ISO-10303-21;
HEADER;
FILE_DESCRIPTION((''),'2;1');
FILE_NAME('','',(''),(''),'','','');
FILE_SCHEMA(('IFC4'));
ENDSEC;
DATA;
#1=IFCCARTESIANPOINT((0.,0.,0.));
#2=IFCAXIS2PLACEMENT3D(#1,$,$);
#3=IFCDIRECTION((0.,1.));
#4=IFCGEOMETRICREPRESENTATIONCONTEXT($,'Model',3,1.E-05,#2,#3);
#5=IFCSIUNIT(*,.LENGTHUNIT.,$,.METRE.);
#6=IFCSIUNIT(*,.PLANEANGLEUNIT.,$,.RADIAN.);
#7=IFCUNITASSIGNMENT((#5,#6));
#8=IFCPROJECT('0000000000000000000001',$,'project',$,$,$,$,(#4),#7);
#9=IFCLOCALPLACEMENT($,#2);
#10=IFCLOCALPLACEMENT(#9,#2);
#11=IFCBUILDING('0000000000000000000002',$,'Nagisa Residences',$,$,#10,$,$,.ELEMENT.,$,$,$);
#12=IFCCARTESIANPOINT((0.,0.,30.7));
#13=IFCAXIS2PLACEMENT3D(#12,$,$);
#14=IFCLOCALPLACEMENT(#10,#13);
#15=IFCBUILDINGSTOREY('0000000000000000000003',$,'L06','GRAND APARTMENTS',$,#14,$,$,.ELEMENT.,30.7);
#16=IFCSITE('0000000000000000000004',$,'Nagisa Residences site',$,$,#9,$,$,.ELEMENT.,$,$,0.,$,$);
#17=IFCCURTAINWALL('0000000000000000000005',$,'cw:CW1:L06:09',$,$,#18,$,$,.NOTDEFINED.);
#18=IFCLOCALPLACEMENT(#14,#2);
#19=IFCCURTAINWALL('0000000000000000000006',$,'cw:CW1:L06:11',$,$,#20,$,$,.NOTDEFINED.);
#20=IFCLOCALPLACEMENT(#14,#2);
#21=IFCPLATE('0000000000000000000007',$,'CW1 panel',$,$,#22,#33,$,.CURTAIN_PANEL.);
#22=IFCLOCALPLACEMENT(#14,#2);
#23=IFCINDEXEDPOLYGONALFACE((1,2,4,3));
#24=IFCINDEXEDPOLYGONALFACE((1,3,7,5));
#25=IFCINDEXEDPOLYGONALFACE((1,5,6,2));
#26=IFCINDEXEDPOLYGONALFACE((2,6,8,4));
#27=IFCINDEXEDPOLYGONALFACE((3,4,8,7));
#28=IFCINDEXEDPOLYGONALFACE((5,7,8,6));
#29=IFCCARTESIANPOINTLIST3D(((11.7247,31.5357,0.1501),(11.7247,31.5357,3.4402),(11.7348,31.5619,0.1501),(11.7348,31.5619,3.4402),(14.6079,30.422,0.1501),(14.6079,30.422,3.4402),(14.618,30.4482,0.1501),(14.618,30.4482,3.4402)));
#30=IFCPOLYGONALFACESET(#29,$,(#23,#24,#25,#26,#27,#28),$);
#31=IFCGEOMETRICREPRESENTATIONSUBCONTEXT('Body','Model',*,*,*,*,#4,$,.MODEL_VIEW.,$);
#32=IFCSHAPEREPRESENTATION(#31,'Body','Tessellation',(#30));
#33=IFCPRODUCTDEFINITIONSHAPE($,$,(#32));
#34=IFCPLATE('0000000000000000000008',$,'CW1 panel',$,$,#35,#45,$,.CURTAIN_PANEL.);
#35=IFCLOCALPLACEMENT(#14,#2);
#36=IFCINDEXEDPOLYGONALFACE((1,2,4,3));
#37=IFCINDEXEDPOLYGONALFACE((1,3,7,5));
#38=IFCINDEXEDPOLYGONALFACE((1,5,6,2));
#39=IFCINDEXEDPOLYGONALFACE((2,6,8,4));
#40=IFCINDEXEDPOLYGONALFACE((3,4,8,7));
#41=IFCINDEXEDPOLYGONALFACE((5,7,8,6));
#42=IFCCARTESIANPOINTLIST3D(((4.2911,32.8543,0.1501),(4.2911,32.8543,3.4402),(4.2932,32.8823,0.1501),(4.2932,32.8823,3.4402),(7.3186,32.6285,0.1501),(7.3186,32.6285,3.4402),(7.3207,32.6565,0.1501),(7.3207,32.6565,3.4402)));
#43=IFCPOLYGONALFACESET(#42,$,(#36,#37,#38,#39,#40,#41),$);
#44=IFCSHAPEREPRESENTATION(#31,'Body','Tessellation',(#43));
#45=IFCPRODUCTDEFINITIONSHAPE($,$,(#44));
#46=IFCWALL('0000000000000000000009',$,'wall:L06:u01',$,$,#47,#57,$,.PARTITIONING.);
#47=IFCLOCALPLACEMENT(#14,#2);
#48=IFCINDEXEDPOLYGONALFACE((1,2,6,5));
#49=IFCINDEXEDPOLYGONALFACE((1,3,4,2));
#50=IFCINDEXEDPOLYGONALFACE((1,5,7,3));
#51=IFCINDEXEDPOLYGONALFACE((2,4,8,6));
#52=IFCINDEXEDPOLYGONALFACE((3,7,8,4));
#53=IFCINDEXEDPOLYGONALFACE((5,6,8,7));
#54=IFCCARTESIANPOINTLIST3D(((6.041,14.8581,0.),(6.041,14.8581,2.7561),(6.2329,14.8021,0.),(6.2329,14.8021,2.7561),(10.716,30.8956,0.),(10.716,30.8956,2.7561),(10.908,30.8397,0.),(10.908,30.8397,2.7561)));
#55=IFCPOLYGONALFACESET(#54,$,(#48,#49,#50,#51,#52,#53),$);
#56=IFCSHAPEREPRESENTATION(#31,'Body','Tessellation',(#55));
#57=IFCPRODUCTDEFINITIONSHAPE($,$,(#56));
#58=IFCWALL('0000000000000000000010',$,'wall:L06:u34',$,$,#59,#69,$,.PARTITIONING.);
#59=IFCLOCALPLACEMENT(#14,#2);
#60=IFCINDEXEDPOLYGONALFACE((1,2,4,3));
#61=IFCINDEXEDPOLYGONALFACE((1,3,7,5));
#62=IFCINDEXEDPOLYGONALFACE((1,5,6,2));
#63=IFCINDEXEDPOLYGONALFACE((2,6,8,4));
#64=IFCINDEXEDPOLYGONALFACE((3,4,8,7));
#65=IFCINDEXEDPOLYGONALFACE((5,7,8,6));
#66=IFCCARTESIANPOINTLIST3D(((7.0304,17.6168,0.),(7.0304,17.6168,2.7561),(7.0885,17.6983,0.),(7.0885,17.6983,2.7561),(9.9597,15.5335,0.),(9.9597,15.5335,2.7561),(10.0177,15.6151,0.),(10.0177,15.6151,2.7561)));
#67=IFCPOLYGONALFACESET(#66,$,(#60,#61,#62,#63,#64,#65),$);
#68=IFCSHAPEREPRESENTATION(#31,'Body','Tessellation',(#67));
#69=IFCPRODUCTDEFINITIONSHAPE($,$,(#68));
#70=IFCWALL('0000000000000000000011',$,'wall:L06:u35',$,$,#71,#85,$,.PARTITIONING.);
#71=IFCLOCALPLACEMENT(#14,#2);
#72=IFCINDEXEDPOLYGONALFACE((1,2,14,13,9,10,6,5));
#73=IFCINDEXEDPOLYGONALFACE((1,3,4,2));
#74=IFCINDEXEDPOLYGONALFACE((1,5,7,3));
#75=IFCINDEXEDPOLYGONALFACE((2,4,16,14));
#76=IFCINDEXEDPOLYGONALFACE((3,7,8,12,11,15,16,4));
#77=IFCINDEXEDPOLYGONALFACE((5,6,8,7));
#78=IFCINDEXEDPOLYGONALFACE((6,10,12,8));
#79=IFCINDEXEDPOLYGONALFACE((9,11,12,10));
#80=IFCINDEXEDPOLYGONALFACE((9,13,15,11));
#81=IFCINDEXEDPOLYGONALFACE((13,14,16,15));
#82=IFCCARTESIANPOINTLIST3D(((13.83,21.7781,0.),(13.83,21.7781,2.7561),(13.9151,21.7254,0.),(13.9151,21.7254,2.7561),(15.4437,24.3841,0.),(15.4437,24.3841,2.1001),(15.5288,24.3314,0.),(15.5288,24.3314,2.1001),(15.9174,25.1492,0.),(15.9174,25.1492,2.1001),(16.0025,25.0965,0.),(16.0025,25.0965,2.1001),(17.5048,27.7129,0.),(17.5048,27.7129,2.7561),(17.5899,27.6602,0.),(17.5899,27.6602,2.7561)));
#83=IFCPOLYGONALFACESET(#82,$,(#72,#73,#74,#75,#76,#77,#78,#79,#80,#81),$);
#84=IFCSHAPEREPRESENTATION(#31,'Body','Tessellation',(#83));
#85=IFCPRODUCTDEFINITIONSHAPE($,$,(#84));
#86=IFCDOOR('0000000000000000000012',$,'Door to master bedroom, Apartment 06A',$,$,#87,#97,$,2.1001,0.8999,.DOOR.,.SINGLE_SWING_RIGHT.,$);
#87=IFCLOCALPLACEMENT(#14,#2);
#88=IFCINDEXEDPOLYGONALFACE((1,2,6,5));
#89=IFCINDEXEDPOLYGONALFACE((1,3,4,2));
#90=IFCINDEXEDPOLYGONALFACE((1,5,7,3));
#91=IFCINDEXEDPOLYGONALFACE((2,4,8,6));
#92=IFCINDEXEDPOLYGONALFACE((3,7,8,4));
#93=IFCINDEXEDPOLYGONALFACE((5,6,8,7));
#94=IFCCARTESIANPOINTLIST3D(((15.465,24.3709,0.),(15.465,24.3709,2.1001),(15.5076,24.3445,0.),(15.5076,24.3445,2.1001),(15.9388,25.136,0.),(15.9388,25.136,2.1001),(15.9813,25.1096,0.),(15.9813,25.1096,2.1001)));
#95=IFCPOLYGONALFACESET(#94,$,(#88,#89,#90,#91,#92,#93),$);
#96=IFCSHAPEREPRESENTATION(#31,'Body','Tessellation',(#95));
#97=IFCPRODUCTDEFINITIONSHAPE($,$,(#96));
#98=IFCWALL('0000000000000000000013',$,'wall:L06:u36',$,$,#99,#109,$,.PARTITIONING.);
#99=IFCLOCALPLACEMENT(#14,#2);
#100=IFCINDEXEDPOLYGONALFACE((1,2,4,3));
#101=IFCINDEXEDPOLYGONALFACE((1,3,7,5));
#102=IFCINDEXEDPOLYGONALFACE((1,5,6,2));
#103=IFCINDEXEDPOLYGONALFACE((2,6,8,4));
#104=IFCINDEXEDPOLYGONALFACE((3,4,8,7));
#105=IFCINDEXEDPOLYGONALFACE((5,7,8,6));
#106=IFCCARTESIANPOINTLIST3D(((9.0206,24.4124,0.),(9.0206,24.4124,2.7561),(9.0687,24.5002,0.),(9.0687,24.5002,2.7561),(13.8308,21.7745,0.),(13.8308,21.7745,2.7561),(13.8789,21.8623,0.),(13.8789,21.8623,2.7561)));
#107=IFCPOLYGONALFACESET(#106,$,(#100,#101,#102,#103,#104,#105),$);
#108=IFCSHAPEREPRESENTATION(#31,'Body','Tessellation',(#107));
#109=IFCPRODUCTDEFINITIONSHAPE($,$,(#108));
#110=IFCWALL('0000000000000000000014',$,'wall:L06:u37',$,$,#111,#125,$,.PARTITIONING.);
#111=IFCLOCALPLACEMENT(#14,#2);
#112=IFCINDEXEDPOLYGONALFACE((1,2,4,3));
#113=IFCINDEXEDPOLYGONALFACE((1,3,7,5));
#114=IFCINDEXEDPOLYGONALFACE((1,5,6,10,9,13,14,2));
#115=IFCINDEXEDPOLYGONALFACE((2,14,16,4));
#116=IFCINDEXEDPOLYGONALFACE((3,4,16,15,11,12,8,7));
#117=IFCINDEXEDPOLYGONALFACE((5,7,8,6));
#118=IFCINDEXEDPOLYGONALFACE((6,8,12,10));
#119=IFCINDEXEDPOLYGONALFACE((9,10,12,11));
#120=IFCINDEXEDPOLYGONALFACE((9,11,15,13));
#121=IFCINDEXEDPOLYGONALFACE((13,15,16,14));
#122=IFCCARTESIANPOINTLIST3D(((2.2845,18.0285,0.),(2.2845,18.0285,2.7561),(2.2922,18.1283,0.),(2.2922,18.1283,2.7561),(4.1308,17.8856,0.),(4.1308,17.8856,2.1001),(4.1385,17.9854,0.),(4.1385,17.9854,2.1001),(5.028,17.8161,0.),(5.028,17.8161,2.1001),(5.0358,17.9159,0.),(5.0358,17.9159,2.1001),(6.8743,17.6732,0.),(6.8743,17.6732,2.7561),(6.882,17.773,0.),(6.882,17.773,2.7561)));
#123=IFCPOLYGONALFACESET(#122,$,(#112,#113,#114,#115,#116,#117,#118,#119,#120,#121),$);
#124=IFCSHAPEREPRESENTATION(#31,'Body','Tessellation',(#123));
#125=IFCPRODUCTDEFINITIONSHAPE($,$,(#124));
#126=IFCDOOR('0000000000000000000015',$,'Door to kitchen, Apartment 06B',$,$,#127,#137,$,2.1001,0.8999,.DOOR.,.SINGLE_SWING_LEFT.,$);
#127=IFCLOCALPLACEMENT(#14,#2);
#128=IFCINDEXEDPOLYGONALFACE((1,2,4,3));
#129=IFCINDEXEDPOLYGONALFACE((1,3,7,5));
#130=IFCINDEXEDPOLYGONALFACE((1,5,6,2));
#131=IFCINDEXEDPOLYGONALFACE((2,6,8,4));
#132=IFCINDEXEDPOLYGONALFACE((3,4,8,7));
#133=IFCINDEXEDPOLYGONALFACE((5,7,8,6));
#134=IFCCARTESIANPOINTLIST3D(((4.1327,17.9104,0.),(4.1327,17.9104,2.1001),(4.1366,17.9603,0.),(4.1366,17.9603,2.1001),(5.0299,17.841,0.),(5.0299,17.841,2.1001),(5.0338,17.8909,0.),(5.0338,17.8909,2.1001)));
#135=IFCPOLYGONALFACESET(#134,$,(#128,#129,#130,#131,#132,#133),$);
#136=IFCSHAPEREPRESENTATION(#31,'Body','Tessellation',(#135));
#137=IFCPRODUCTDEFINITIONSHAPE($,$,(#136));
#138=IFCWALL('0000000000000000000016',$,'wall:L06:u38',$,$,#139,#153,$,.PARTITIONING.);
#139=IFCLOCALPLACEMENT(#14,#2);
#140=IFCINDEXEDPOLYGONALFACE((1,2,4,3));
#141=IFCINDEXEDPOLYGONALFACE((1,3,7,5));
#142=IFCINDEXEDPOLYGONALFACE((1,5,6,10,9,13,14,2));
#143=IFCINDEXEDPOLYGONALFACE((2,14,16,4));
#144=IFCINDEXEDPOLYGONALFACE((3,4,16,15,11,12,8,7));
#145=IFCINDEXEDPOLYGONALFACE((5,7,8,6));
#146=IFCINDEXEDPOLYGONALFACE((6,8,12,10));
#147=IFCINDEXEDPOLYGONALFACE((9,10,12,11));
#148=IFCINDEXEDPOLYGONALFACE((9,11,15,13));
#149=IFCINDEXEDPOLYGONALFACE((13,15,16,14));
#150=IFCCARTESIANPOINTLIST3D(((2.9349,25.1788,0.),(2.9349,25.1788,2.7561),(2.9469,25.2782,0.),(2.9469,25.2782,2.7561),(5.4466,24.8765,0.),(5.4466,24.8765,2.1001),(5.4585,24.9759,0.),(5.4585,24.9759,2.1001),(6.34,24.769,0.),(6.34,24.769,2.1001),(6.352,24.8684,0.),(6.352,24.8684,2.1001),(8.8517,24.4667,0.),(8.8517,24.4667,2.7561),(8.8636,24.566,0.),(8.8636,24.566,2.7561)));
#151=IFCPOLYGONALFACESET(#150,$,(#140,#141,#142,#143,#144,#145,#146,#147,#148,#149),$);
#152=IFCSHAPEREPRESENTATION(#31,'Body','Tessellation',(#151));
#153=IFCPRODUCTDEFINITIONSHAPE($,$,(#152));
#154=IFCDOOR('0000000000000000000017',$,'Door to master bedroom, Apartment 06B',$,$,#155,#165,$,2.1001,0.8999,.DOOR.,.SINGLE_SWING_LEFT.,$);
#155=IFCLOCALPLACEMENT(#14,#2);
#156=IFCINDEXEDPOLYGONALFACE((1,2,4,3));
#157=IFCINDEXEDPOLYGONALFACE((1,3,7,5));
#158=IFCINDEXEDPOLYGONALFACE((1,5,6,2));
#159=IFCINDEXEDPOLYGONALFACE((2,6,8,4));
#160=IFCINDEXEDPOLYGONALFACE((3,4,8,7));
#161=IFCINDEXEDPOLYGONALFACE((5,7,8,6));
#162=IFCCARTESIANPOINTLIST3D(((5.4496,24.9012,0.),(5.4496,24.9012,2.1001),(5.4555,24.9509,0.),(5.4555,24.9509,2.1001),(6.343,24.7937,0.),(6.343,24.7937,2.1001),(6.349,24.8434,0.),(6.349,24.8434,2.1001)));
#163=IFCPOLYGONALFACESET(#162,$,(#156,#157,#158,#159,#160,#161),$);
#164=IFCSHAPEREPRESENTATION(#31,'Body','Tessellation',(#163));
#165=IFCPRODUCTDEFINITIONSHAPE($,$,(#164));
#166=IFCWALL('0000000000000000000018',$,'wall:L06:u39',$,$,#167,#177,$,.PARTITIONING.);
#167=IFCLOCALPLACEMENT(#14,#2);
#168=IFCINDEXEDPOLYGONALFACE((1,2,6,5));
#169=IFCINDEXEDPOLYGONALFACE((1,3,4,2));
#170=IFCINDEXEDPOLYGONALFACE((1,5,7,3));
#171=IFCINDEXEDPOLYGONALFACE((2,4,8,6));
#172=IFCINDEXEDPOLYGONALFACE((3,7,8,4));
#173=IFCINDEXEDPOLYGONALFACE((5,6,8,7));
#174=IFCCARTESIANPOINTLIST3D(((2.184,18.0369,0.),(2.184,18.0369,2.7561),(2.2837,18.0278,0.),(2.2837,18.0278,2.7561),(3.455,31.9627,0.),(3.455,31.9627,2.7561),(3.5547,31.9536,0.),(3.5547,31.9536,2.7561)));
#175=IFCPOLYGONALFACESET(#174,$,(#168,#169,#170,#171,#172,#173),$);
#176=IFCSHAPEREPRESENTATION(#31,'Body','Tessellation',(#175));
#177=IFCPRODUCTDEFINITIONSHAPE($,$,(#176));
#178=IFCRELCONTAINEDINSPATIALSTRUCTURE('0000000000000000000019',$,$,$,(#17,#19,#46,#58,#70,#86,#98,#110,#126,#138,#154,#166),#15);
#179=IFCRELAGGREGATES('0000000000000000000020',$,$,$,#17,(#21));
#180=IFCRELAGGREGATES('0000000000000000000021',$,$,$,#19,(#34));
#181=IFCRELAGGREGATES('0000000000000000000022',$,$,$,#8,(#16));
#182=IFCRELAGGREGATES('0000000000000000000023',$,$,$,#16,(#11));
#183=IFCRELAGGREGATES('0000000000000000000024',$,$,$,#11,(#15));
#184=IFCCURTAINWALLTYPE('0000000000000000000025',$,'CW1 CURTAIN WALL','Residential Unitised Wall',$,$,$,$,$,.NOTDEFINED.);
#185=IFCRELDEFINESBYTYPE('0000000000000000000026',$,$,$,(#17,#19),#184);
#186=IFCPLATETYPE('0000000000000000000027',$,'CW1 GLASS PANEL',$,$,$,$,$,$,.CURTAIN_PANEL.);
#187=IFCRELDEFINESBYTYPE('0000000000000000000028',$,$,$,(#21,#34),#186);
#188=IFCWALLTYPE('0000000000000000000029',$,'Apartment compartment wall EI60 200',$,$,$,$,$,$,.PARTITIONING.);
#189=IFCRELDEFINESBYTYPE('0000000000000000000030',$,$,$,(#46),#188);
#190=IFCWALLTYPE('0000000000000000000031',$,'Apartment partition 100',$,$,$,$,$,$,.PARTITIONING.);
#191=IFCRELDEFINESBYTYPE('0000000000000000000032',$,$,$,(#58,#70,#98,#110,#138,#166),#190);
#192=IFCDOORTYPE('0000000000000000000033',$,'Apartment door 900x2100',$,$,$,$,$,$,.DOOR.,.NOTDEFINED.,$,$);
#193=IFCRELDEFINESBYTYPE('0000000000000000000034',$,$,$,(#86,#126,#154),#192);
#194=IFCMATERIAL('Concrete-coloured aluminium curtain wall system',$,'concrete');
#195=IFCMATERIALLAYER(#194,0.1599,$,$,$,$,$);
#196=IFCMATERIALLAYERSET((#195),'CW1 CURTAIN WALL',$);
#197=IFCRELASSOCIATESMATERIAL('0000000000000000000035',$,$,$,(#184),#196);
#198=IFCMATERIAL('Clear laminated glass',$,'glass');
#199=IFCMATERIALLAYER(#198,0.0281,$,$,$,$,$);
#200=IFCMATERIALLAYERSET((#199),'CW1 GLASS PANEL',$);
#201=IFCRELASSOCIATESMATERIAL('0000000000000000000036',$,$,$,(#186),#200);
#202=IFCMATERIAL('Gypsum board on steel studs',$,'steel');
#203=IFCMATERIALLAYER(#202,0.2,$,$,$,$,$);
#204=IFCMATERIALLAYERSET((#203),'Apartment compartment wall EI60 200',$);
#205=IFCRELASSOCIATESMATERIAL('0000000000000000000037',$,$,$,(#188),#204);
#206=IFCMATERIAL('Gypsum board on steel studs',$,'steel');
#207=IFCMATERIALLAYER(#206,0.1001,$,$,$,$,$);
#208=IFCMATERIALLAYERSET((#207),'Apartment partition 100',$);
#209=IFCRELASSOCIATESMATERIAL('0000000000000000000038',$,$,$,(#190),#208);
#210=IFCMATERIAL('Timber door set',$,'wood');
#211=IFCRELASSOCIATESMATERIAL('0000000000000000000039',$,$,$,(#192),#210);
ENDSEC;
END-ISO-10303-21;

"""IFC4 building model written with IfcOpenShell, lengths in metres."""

from ifc_helpers import new_model, si_unit, direction, frame, frame_2d, origin, origin_2d, place, context, subcontext, project, spatial, rectangle, extrude, material, layer, layer_set, type_object, element, fill, aggregate, save


model = new_model("IFC4")

# Units and contexts
model_context = context("Model", 3, precision=1e-05, world=origin(), true_north=direction((0.0, 1.0)))
body_context = subcontext(model_context, "Body", "Model", "MODEL_VIEW")
ifc_project = project(units=[si_unit("LENGTHUNIT", "METRE"), si_unit("PLANEANGLEUNIT", "RADIAN")], contexts=[model_context])

# Site, building, storey
site_placement = place(None, origin())
site = spatial("IfcSite", under=ifc_project, at=site_placement, Name="Nagisa Residences site", CompositionType="ELEMENT", RefElevation=0.0)
building_placement = place(site_placement, origin())
building = spatial("IfcBuilding", under=site, at=building_placement, Name="Nagisa Residences", CompositionType="ELEMENT")
storey_placement = place(building_placement, frame((0.0, 0.0, 30.7)))
storey = spatial("IfcBuildingStorey", under=building, at=storey_placement, Name="L06", Description="GRAND APARTMENTS", CompositionType="ELEMENT", Elevation=30.7)

# Curtain walls
ifc_material_1 = material(Name="Concrete-coloured aluminium curtain wall system", Category="concrete")
ifc_layer_1 = layer(ifc_material_1, 0.1599)
ifc_layer_set_1 = layer_set([ifc_layer_1], Name="CW1 CURTAIN WALL")
curtain_wall_type = type_object("IfcCurtainWallType", Name="CW1 CURTAIN WALL", Description="Residential Unitised Wall", PredefinedType="NOTDEFINED", material=ifc_layer_set_1)
curtain_wall_1_placement = place(storey_placement, origin())
curtain_wall_1 = element("IfcCurtainWall", 1, at=curtain_wall_1_placement, inside=storey, type_object=curtain_wall_type, Name="cw:CW1:L06:09", PredefinedType="NOTDEFINED")
curtain_wall_2_placement = place(storey_placement, origin())
curtain_wall_2 = element("IfcCurtainWall", 2, at=curtain_wall_2_placement, inside=storey, type_object=curtain_wall_type, Name="cw:CW1:L06:11", PredefinedType="NOTDEFINED")

# Plates
ifc_material_2 = material(Name="Clear laminated glass", Category="glass")
ifc_layer_2 = layer(ifc_material_2, 0.0281)
ifc_layer_set_2 = layer_set([ifc_layer_2], Name="CW1 GLASS PANEL")
plate_type = type_object("IfcPlateType", Name="CW1 GLASS PANEL", PredefinedType="CURTAIN_PANEL", material=ifc_layer_set_2)
plate_1_placement = place(storey_placement, frame((13.1714, 30.9919, 0.1501), z_axis=(0.0, 0.0, 1.0), x_axis=(-0.932826, 0.360328, 0.0)))
plate_1 = element("IfcPlate", 3, at=plate_1_placement, type_object=plate_type, Name="CW1 panel", PredefinedType="CURTAIN_PANEL", context=body_context, shape_type="SweptSolid", body=[
    extrude(rectangle(XDim=3.0908, YDim=0.0281, at=origin_2d()), origin(), (0.0, 0.0, 1.0), 3.29),
])
aggregate(curtain_wall_1, [plate_1])
plate_2_placement = place(storey_placement, frame((5.8059, 32.7554, 0.1501), z_axis=(0.0, 0.0, 1.0), x_axis=(-0.99723, 0.074377, 0.0)))
plate_2 = element("IfcPlate", 4, at=plate_2_placement, type_object=plate_type, Name="CW1 panel", PredefinedType="CURTAIN_PANEL", context=body_context, shape_type="SweptSolid", body=[
    extrude(rectangle(XDim=3.0359, YDim=0.0281, at=origin_2d()), origin(), (0.0, 0.0, 1.0), 3.29),
])
aggregate(curtain_wall_2, [plate_2])

# Walls
ifc_material_3 = material(Name="Gypsum board on steel studs", Category="steel")
ifc_layer_3 = layer(ifc_material_3, 0.2)
ifc_layer_set_3 = layer_set([ifc_layer_3], Name="Apartment compartment wall EI60 200")
wall_type_1 = type_object("IfcWallType", Name="Apartment compartment wall EI60 200", PredefinedType="PARTITIONING", material=ifc_layer_set_3)
wall_1_placement = place(storey_placement, frame((6.137, 14.8301, 0.0), z_axis=(0.0, 0.0, 1.0), x_axis=(0.279857, 0.960042, 0.0)))
element("IfcWall", 5, at=wall_1_placement, inside=storey, type_object=wall_type_1, Name="wall:L06:u01", PredefinedType="PARTITIONING", context=body_context, shape_type="SweptSolid", body=[
    extrude(rectangle(XDim=16.7051, YDim=0.2, at=frame_2d((8.3525, 0.0))), origin(), (0.0, 0.0, 1.0), 2.7561),
])
ifc_material_4 = material(Name="Gypsum board on steel studs", Category="steel")
ifc_layer_4 = layer(ifc_material_4, 0.1001)
ifc_layer_set_4 = layer_set([ifc_layer_4], Name="Apartment partition 100")
wall_type_2 = type_object("IfcWallType", Name="Apartment partition 100", PredefinedType="PARTITIONING", material=ifc_layer_set_4)
wall_2_placement = place(storey_placement, frame((9.9888, 15.5742, 0.0), z_axis=(0.0, 0.0, 1.0), x_axis=(-0.81492, 0.579573, 0.0)))
element("IfcWall", 6, at=wall_2_placement, inside=storey, type_object=wall_type_2, Name="wall:L06:u34", PredefinedType="PARTITIONING", context=body_context, shape_type="SweptSolid", body=[
    extrude(rectangle(XDim=3.5945, YDim=0.1001, at=frame_2d((1.7974, 0.0))), origin(), (0.0, 0.0, 1.0), 2.7561),
])

# Wall, opening, door
wall_3_placement = place(storey_placement, frame((13.8726, 21.7517, 0.0), z_axis=(0.0, 0.0, 1.0), x_axis=(0.526445, 0.850209, 0.0)))
wall_3 = element("IfcWall", 7, at=wall_3_placement, inside=storey, type_object=wall_type_2, Name="wall:L06:u35", PredefinedType="PARTITIONING", context=body_context, shape_type="SweptSolid", body=[
    extrude(rectangle(XDim=6.9805, YDim=0.1001, at=frame_2d((3.4902, 0.0))), origin(), (0.0, 0.0, 1.0), 2.7561),
])
opening_1_placement = place(wall_3_placement, frame((3.0652, 0.0, 0.0)))
opening_1 = element("IfcOpeningElement", 8, at=opening_1_placement, cuts=wall_3, PredefinedType="OPENING", context=body_context, shape_type="SweptSolid", body=[
    extrude(rectangle(XDim=0.8999, YDim=2.1001, at=frame_2d((0.45, 1.05))), frame((0.0, 0.0601, 0.0), z_axis=(0.0, -1.0, 0.0), x_axis=(1.0, 0.0, 0.0)), (0.0, 0.0, 1.0), 0.1201),
])
ifc_material_5 = material(Name="Timber door set", Category="wood")
door_type_1 = type_object("IfcDoorType", Name="Apartment door 900x2100", OperationType="NOTDEFINED", PredefinedType="DOOR", material=ifc_material_5)
door_1_placement = place(opening_1_placement, origin())
door_1 = element("IfcDoor", 9, at=door_1_placement, inside=storey, type_object=door_type_1, Name="Door to master bedroom, Apartment 06A", OperationType="SINGLE_SWING_RIGHT", OverallHeight=2.1001, OverallWidth=0.8999, PredefinedType="DOOR", context=body_context, shape_type="SweptSolid", body=[
    extrude(rectangle(XDim=0.8999, YDim=2.1001, at=frame_2d((0.45, 1.05))), frame((0.0, 0.0249, 0.0), z_axis=(0.0, -1.0, 0.0), x_axis=(1.0, 0.0, 0.0)), (0.0, 0.0, 1.0), 0.05),
])
fill(opening_1, door_1)

# Wall
wall_4_placement = place(storey_placement, frame((13.855, 21.8184, 0.0), z_axis=(0.0, 0.0, 1.0), x_axis=(-0.87681, 0.480837, 0.0)))
element("IfcWall", 10, at=wall_4_placement, inside=storey, type_object=wall_type_2, Name="wall:L06:u36", PredefinedType="PARTITIONING", context=body_context, shape_type="SweptSolid", body=[
    extrude(rectangle(XDim=5.4861, YDim=0.1001, at=frame_2d((2.7432, 0.0))), origin(), (0.0, 0.0, 1.0), 2.7561),
])

# Walls, openings, doors
wall_5_placement = place(storey_placement, frame((6.8782, 17.7231, 0.0), z_axis=(0.0, 0.0, 1.0), x_axis=(-0.997019, 0.077163, 0.0)))
wall_5 = element("IfcWall", 11, at=wall_5_placement, inside=storey, type_object=wall_type_2, Name="wall:L06:u37", PredefinedType="PARTITIONING", context=body_context, shape_type="SweptSolid", body=[
    extrude(rectangle(XDim=4.6035, YDim=0.1001, at=frame_2d((2.3018, 0.0))), origin(), (0.0, 0.0, 1.0), 2.7561),
])
opening_2_placement = place(wall_5_placement, frame((1.8518, 0.0, 0.0)))
opening_2 = element("IfcOpeningElement", 12, at=opening_2_placement, cuts=wall_5, PredefinedType="OPENING", context=body_context, shape_type="SweptSolid", body=[
    extrude(rectangle(XDim=0.8999, YDim=2.1001, at=frame_2d((0.45, 1.05))), frame((0.0, 0.0601, 0.0), z_axis=(0.0, -1.0, 0.0), x_axis=(1.0, 0.0, 0.0)), (0.0, 0.0, 1.0), 0.1201),
])
door_2_placement = place(opening_2_placement, frame((0.8999, 0.0, 0.0), x_axis=(-1.0, 0.0, 0.0)))
door_2 = element("IfcDoor", 13, at=door_2_placement, inside=storey, type_object=door_type_1, Name="Door to kitchen, Apartment 06B", OperationType="SINGLE_SWING_LEFT", OverallHeight=2.1001, OverallWidth=0.8999, PredefinedType="DOOR", context=body_context, shape_type="SweptSolid", body=[
    extrude(rectangle(XDim=0.8999, YDim=2.1001, at=frame_2d((0.45, 1.05))), frame((0.0, 0.0249, 0.0), z_axis=(0.0, -1.0, 0.0), x_axis=(1.0, 0.0, 0.0)), (0.0, 0.0, 1.0), 0.05),
])
fill(opening_2, door_2)
wall_6_placement = place(storey_placement, frame((8.8577, 24.5164, 0.0), z_axis=(0.0, 0.0, 1.0), x_axis=(-0.992834, 0.119501, 0.0)))
wall_6 = element("IfcWall", 14, at=wall_6_placement, inside=storey, type_object=wall_type_2, Name="wall:L06:u38", PredefinedType="PARTITIONING", context=body_context, shape_type="SweptSolid", body=[
    extrude(rectangle(XDim=5.9595, YDim=0.1001, at=frame_2d((2.9797, 0.0))), origin(), (0.0, 0.0, 1.0), 2.7561),
])
opening_3_placement = place(wall_6_placement, frame((2.5298, 0.0, 0.0)))
opening_3 = element("IfcOpeningElement", 15, at=opening_3_placement, cuts=wall_6, PredefinedType="OPENING", context=body_context, shape_type="SweptSolid", body=[
    extrude(rectangle(XDim=0.8999, YDim=2.1001, at=frame_2d((0.45, 1.05))), frame((0.0, 0.0601, 0.0), z_axis=(0.0, -1.0, 0.0), x_axis=(1.0, 0.0, 0.0)), (0.0, 0.0, 1.0), 0.1201),
])
door_3_placement = place(opening_3_placement, frame((0.8999, 0.0, 0.0), x_axis=(-1.0, 0.0, 0.0)))
door_3 = element("IfcDoor", 16, at=door_3_placement, inside=storey, type_object=door_type_1, Name="Door to master bedroom, Apartment 06B", OperationType="SINGLE_SWING_LEFT", OverallHeight=2.1001, OverallWidth=0.8999, PredefinedType="DOOR", context=body_context, shape_type="SweptSolid", body=[
    extrude(rectangle(XDim=0.8999, YDim=2.1001, at=frame_2d((0.45, 1.05))), frame((0.0, 0.0249, 0.0), z_axis=(0.0, -1.0, 0.0), x_axis=(1.0, 0.0, 0.0)), (0.0, 0.0, 1.0), 0.05),
])
fill(opening_3, door_3)

# Wall
wall_7_placement = place(storey_placement, frame((2.2339, 18.0325, 0.0), z_axis=(0.0, 0.0, 1.0), x_axis=(0.090892, 0.995861, 0.0)))
element("IfcWall", 17, at=wall_7_placement, inside=storey, type_object=wall_type_2, Name="wall:L06:u39", PredefinedType="PARTITIONING", context=body_context, shape_type="SweptSolid", body=[
    extrude(rectangle(XDim=13.9836, YDim=0.1001, at=frame_2d((6.9917, 0.0))), origin(), (0.0, 0.0, 1.0), 2.7561),
])

save(model, "model.ifc")
